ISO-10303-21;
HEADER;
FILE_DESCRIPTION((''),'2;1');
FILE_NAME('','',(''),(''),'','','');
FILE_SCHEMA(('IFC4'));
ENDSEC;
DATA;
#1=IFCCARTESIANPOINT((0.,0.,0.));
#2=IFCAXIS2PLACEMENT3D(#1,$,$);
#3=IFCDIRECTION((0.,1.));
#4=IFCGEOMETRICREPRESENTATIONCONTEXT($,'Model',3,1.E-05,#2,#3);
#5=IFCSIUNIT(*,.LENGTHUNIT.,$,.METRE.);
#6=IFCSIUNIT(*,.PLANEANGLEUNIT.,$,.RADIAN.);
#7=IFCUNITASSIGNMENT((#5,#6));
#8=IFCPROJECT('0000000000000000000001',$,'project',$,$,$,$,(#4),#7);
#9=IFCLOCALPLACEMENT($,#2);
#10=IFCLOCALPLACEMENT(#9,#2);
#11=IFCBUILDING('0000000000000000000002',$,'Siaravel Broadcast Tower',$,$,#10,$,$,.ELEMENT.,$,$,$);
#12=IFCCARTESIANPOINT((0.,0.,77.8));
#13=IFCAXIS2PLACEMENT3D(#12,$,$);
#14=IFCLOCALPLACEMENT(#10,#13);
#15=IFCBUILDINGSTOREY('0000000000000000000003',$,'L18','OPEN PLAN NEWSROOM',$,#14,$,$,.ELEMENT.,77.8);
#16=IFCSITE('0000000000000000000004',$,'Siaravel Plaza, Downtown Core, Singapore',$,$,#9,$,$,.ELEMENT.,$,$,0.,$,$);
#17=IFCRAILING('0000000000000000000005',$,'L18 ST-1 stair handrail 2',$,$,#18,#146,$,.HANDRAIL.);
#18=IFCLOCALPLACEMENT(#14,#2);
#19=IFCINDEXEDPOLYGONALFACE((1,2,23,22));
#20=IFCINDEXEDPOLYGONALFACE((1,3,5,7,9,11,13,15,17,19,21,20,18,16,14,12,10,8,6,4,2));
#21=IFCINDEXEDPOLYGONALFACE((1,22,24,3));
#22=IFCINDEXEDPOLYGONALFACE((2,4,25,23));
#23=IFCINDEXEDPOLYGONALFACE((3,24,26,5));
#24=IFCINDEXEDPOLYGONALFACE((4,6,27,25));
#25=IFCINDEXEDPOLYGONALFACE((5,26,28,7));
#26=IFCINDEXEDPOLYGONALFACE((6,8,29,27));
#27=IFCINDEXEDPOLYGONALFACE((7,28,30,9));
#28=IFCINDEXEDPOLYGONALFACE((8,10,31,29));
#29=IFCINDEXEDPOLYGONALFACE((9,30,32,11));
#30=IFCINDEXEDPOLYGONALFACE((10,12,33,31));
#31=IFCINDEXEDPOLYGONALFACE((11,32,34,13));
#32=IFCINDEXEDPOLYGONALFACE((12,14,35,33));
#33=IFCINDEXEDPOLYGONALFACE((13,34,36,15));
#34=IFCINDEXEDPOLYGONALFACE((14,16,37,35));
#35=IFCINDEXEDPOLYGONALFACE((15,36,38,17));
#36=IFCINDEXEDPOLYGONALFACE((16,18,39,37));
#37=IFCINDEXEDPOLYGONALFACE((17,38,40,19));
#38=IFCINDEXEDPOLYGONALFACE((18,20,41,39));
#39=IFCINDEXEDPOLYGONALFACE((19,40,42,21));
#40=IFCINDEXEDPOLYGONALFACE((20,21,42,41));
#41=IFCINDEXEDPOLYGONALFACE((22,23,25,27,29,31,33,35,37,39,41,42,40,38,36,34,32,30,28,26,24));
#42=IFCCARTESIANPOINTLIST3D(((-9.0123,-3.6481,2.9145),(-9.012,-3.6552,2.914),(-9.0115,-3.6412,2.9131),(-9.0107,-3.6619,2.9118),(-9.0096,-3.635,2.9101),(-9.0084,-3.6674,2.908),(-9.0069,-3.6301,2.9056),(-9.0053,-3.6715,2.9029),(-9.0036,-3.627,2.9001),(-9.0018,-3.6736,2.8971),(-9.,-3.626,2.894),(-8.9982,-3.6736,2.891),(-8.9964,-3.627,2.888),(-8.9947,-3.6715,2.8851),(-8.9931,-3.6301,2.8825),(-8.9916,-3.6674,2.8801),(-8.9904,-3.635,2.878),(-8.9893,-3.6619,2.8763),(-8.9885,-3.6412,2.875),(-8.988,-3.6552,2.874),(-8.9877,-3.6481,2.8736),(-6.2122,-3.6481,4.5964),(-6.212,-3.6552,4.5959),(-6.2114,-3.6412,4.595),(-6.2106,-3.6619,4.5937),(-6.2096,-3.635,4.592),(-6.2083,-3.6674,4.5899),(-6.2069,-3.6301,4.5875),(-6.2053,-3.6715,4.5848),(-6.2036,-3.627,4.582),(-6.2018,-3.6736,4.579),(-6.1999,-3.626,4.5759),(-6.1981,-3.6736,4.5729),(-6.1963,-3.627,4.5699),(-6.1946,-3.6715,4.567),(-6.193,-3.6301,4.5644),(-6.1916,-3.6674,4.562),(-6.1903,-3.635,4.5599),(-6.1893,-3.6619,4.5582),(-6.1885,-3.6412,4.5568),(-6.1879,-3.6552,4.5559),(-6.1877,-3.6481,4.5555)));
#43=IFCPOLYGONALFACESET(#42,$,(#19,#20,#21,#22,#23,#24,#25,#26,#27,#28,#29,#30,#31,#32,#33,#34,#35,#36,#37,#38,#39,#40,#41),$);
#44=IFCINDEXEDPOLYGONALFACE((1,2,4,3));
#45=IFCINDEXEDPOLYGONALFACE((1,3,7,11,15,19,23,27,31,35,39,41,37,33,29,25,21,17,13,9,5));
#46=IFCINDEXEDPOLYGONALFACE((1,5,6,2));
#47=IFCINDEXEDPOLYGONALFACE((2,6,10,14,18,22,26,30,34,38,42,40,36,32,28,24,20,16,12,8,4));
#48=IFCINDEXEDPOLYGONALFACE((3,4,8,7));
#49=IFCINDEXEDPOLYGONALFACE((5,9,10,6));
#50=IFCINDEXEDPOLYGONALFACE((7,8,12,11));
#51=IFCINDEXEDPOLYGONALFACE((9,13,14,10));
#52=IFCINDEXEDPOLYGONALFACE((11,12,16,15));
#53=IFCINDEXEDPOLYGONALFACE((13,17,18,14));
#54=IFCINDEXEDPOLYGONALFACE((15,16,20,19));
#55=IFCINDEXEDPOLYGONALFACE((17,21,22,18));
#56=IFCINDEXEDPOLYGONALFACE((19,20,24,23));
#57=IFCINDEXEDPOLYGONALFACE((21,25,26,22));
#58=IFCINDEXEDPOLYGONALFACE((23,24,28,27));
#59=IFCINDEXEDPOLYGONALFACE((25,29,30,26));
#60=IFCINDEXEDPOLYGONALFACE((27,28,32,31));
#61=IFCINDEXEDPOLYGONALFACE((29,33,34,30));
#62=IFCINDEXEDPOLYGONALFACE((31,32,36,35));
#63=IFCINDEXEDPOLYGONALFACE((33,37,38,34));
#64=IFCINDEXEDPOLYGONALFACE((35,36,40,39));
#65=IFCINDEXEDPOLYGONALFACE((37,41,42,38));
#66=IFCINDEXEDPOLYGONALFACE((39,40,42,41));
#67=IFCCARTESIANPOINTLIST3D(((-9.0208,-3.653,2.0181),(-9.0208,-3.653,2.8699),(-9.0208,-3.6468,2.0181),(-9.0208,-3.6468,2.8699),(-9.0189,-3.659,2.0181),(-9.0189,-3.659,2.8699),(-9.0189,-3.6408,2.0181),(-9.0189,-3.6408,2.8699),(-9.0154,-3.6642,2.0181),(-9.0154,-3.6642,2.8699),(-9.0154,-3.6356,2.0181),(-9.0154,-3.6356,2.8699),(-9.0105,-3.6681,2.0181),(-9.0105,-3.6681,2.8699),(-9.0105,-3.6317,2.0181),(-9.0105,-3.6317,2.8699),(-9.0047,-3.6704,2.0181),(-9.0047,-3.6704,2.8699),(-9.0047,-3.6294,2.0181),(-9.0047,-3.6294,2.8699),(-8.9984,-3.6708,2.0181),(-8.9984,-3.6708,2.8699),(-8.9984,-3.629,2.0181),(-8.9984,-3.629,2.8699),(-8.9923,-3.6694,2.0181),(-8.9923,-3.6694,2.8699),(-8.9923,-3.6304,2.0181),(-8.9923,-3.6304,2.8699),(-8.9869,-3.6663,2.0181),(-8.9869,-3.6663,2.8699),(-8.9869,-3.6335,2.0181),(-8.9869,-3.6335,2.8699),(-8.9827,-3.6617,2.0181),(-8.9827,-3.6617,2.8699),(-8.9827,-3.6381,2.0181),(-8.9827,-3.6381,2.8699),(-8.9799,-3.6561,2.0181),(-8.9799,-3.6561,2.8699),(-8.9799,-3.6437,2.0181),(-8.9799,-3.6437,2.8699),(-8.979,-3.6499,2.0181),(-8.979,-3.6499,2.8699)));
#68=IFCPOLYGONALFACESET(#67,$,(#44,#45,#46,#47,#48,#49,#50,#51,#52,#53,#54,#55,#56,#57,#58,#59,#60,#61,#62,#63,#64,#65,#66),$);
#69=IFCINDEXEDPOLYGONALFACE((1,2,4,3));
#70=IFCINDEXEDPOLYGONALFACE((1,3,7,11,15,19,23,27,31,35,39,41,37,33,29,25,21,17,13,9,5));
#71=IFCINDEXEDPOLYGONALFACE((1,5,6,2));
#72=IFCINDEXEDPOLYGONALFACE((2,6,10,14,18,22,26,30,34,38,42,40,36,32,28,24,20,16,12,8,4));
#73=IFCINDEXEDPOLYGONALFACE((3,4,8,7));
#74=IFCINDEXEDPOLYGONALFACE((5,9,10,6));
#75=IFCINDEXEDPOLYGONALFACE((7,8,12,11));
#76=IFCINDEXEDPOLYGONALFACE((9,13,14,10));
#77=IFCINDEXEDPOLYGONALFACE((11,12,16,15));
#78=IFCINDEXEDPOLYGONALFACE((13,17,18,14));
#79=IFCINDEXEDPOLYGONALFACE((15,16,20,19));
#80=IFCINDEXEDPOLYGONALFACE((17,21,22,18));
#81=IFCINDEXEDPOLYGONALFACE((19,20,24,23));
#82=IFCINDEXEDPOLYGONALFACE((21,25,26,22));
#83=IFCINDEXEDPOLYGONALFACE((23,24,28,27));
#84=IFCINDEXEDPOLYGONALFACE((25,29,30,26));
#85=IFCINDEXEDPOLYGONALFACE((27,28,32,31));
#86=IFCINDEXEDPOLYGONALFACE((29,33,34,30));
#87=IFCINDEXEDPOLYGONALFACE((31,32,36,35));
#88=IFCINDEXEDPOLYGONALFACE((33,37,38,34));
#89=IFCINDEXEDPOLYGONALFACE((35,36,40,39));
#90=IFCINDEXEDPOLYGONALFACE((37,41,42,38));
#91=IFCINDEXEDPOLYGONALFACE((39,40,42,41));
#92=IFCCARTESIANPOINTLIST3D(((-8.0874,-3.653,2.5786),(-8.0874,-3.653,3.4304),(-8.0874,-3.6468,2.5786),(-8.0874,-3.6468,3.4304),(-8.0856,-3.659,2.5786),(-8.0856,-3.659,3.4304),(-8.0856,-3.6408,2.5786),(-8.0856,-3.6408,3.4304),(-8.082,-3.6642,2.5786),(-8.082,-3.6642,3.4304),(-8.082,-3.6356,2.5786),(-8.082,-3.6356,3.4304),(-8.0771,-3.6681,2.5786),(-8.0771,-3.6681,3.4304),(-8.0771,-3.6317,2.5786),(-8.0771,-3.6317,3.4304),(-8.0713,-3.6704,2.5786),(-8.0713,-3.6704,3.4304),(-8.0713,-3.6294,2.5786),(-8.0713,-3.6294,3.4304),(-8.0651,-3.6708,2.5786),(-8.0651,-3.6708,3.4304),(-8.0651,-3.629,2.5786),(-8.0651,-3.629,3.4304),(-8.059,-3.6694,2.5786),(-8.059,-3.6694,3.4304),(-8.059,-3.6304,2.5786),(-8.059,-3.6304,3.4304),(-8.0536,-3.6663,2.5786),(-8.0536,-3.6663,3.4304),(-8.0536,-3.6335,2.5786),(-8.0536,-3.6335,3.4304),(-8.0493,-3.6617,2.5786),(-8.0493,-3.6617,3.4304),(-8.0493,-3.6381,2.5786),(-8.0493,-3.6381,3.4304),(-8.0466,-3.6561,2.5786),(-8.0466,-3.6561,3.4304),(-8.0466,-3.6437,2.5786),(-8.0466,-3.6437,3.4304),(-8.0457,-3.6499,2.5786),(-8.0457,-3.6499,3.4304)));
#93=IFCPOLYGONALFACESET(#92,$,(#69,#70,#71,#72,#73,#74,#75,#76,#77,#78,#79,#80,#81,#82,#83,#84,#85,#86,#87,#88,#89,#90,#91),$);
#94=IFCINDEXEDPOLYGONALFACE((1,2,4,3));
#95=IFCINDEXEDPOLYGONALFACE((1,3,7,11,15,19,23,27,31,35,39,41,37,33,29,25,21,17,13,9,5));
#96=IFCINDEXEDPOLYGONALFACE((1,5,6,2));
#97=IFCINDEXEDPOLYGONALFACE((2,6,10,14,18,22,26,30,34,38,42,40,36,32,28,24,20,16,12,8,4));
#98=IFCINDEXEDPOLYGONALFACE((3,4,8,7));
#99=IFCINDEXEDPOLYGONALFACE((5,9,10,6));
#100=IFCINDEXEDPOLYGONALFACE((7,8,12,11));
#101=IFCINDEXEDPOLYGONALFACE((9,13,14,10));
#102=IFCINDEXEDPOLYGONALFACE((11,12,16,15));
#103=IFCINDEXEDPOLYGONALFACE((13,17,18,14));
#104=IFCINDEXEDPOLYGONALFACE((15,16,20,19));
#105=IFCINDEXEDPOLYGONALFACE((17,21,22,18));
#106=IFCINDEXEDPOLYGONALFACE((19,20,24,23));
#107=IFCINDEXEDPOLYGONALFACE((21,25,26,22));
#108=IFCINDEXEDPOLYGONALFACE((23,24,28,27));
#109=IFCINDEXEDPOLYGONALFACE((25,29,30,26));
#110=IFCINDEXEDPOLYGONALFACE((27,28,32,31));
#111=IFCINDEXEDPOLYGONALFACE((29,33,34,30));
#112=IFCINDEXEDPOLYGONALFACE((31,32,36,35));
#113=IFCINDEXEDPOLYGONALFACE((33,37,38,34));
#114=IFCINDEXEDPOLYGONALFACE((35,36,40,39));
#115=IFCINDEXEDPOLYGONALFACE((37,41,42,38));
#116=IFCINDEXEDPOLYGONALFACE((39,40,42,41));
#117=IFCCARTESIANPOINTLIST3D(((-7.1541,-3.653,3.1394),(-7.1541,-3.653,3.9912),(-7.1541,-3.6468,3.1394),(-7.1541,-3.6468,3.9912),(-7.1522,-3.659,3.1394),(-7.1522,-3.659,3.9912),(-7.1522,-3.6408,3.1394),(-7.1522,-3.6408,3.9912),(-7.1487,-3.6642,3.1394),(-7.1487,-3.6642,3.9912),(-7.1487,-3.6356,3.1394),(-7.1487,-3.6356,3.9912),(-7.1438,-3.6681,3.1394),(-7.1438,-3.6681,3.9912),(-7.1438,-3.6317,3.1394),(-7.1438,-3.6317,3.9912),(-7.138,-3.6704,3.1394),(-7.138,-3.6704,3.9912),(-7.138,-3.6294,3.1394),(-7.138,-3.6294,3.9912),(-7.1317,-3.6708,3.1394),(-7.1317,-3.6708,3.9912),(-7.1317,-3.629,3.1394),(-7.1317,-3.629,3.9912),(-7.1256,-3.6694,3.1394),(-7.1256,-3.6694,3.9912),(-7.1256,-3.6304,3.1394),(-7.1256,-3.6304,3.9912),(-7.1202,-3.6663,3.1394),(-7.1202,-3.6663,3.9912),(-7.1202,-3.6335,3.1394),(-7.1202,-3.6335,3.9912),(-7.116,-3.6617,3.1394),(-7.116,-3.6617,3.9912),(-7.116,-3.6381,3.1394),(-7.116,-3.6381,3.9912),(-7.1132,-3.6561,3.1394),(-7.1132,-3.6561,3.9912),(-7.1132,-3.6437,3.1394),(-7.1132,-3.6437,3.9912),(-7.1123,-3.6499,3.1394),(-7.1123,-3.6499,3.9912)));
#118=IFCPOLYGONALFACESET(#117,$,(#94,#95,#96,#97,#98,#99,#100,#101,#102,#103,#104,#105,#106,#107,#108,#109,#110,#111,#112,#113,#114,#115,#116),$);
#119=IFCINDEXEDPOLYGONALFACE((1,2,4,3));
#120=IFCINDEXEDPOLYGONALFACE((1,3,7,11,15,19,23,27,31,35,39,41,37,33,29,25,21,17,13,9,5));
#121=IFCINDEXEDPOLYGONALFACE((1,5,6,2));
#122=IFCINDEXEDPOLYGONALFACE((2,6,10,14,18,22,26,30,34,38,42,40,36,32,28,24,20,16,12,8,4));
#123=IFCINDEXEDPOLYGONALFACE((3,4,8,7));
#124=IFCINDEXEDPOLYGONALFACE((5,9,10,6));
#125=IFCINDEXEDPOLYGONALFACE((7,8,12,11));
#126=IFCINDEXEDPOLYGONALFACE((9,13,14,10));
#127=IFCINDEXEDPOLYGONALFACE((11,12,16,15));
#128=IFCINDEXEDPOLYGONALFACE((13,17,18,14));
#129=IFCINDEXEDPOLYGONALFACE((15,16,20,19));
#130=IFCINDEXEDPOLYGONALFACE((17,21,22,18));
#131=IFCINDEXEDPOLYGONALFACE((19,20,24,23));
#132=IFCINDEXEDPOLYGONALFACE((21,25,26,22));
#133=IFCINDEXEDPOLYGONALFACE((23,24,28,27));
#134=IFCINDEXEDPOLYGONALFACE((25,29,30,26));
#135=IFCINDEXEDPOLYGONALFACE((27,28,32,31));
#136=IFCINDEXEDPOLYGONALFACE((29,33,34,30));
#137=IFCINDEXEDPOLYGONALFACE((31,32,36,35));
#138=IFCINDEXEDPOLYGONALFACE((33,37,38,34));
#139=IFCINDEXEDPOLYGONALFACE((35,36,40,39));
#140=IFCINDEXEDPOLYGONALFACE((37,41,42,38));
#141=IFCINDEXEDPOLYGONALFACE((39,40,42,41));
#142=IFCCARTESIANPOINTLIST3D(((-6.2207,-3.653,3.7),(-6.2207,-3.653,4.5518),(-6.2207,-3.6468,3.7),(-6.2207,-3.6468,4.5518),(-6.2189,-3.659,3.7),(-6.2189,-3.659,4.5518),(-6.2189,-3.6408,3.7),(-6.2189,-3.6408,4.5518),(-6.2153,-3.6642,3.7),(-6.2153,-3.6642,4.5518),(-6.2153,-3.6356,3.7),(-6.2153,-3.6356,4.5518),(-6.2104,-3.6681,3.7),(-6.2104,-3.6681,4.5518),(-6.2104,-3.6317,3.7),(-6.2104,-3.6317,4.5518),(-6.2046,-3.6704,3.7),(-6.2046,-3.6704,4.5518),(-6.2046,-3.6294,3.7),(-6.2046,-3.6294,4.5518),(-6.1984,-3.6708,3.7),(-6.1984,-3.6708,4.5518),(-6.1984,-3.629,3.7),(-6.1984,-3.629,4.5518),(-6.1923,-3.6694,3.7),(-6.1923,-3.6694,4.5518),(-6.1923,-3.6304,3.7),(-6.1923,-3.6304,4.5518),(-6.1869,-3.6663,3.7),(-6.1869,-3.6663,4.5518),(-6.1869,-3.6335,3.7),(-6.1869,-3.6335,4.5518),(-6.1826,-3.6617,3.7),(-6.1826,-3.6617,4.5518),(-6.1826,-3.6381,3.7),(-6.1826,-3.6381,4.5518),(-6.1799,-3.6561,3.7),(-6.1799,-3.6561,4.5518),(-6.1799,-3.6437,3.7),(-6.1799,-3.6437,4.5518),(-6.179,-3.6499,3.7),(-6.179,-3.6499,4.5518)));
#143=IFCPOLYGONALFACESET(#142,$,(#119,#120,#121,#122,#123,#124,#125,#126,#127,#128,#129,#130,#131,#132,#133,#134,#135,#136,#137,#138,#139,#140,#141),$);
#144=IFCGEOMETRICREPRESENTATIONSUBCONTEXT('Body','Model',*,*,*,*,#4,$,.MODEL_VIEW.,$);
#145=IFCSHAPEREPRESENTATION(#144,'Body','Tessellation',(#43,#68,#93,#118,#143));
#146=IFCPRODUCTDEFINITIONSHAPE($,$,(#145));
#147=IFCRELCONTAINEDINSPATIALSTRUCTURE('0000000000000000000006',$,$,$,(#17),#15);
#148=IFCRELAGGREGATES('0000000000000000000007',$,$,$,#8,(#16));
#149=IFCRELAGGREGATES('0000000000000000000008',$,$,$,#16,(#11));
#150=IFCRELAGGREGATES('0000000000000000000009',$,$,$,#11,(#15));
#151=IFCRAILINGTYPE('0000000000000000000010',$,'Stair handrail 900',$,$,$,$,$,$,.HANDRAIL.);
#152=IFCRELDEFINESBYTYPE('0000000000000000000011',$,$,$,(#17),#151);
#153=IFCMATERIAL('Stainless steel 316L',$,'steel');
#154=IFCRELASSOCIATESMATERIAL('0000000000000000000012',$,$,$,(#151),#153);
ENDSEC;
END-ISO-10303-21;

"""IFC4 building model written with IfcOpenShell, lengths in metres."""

from ifc_helpers import new_model, si_unit, direction, frame, origin, origin_2d, place, context, subcontext, project, spatial, circle, extrude, material, type_object, element, save


model = new_model("IFC4")

# Units and contexts
model_context = context("Model", 3, precision=1e-05, world=origin(), true_north=direction((0.0, 1.0)))
body_context = subcontext(model_context, "Body", "Model", "MODEL_VIEW")
ifc_project = project(units=[si_unit("LENGTHUNIT", "METRE"), si_unit("PLANEANGLEUNIT", "RADIAN")], contexts=[model_context])

# Site, building, storey
site_placement = place(None, origin())
site = spatial("IfcSite", under=ifc_project, at=site_placement, Name="Siaravel Plaza, Downtown Core, Singapore", CompositionType="ELEMENT", RefElevation=0.0)
building_placement = place(site_placement, origin())
building = spatial("IfcBuilding", under=site, at=building_placement, Name="Siaravel Broadcast Tower", CompositionType="ELEMENT")
storey_placement = place(building_placement, frame((0.0, 0.0, 77.8)))
storey = spatial("IfcBuildingStorey", under=building, at=storey_placement, Name="L18", Description="OPEN PLAN NEWSROOM", CompositionType="ELEMENT", Elevation=77.8)

# Railing
ifc_material_1 = material(Name="Stainless steel 316L", Category="steel")
railing_type_1 = type_object("IfcRailingType", Name="Stair handrail 900", PredefinedType="HANDRAIL", material=ifc_material_1)
railing_1_placement = place(storey_placement, frame((-9.0, -3.6499, 2.0181)))
element("IfcRailing", 1, at=railing_1_placement, inside=storey, type_object=railing_type_1, Name="L18 ST-1 stair handrail 2", PredefinedType="HANDRAIL", context=body_context, shape_type="SweptSolid", body=[
    extrude(circle(Radius=0.0239, at=origin_2d()), frame((0.0, 0.0, 0.876), z_axis=(0.857242, 0.0, 0.514913), x_axis=(0.0, 1.0, 0.0)), (0.0, 0.0, 1.0), 3.2664),
    extrude(circle(Radius=0.021, at=origin_2d()), origin(), (0.0, 0.0, 1.0), 0.8518),
    extrude(circle(Radius=0.021, at=origin_2d()), frame((0.9333, 0.0, 0.5605)), (0.0, 0.0, 1.0), 0.8518),
    extrude(circle(Radius=0.021, at=origin_2d()), frame((1.8667, 0.0, 1.1213)), (0.0, 0.0, 1.0), 0.8518),
    extrude(circle(Radius=0.021, at=origin_2d()), frame((2.8, 0.0, 1.6819)), (0.0, 0.0, 1.0), 0.8518),
])

save(model, "model.ifc")
